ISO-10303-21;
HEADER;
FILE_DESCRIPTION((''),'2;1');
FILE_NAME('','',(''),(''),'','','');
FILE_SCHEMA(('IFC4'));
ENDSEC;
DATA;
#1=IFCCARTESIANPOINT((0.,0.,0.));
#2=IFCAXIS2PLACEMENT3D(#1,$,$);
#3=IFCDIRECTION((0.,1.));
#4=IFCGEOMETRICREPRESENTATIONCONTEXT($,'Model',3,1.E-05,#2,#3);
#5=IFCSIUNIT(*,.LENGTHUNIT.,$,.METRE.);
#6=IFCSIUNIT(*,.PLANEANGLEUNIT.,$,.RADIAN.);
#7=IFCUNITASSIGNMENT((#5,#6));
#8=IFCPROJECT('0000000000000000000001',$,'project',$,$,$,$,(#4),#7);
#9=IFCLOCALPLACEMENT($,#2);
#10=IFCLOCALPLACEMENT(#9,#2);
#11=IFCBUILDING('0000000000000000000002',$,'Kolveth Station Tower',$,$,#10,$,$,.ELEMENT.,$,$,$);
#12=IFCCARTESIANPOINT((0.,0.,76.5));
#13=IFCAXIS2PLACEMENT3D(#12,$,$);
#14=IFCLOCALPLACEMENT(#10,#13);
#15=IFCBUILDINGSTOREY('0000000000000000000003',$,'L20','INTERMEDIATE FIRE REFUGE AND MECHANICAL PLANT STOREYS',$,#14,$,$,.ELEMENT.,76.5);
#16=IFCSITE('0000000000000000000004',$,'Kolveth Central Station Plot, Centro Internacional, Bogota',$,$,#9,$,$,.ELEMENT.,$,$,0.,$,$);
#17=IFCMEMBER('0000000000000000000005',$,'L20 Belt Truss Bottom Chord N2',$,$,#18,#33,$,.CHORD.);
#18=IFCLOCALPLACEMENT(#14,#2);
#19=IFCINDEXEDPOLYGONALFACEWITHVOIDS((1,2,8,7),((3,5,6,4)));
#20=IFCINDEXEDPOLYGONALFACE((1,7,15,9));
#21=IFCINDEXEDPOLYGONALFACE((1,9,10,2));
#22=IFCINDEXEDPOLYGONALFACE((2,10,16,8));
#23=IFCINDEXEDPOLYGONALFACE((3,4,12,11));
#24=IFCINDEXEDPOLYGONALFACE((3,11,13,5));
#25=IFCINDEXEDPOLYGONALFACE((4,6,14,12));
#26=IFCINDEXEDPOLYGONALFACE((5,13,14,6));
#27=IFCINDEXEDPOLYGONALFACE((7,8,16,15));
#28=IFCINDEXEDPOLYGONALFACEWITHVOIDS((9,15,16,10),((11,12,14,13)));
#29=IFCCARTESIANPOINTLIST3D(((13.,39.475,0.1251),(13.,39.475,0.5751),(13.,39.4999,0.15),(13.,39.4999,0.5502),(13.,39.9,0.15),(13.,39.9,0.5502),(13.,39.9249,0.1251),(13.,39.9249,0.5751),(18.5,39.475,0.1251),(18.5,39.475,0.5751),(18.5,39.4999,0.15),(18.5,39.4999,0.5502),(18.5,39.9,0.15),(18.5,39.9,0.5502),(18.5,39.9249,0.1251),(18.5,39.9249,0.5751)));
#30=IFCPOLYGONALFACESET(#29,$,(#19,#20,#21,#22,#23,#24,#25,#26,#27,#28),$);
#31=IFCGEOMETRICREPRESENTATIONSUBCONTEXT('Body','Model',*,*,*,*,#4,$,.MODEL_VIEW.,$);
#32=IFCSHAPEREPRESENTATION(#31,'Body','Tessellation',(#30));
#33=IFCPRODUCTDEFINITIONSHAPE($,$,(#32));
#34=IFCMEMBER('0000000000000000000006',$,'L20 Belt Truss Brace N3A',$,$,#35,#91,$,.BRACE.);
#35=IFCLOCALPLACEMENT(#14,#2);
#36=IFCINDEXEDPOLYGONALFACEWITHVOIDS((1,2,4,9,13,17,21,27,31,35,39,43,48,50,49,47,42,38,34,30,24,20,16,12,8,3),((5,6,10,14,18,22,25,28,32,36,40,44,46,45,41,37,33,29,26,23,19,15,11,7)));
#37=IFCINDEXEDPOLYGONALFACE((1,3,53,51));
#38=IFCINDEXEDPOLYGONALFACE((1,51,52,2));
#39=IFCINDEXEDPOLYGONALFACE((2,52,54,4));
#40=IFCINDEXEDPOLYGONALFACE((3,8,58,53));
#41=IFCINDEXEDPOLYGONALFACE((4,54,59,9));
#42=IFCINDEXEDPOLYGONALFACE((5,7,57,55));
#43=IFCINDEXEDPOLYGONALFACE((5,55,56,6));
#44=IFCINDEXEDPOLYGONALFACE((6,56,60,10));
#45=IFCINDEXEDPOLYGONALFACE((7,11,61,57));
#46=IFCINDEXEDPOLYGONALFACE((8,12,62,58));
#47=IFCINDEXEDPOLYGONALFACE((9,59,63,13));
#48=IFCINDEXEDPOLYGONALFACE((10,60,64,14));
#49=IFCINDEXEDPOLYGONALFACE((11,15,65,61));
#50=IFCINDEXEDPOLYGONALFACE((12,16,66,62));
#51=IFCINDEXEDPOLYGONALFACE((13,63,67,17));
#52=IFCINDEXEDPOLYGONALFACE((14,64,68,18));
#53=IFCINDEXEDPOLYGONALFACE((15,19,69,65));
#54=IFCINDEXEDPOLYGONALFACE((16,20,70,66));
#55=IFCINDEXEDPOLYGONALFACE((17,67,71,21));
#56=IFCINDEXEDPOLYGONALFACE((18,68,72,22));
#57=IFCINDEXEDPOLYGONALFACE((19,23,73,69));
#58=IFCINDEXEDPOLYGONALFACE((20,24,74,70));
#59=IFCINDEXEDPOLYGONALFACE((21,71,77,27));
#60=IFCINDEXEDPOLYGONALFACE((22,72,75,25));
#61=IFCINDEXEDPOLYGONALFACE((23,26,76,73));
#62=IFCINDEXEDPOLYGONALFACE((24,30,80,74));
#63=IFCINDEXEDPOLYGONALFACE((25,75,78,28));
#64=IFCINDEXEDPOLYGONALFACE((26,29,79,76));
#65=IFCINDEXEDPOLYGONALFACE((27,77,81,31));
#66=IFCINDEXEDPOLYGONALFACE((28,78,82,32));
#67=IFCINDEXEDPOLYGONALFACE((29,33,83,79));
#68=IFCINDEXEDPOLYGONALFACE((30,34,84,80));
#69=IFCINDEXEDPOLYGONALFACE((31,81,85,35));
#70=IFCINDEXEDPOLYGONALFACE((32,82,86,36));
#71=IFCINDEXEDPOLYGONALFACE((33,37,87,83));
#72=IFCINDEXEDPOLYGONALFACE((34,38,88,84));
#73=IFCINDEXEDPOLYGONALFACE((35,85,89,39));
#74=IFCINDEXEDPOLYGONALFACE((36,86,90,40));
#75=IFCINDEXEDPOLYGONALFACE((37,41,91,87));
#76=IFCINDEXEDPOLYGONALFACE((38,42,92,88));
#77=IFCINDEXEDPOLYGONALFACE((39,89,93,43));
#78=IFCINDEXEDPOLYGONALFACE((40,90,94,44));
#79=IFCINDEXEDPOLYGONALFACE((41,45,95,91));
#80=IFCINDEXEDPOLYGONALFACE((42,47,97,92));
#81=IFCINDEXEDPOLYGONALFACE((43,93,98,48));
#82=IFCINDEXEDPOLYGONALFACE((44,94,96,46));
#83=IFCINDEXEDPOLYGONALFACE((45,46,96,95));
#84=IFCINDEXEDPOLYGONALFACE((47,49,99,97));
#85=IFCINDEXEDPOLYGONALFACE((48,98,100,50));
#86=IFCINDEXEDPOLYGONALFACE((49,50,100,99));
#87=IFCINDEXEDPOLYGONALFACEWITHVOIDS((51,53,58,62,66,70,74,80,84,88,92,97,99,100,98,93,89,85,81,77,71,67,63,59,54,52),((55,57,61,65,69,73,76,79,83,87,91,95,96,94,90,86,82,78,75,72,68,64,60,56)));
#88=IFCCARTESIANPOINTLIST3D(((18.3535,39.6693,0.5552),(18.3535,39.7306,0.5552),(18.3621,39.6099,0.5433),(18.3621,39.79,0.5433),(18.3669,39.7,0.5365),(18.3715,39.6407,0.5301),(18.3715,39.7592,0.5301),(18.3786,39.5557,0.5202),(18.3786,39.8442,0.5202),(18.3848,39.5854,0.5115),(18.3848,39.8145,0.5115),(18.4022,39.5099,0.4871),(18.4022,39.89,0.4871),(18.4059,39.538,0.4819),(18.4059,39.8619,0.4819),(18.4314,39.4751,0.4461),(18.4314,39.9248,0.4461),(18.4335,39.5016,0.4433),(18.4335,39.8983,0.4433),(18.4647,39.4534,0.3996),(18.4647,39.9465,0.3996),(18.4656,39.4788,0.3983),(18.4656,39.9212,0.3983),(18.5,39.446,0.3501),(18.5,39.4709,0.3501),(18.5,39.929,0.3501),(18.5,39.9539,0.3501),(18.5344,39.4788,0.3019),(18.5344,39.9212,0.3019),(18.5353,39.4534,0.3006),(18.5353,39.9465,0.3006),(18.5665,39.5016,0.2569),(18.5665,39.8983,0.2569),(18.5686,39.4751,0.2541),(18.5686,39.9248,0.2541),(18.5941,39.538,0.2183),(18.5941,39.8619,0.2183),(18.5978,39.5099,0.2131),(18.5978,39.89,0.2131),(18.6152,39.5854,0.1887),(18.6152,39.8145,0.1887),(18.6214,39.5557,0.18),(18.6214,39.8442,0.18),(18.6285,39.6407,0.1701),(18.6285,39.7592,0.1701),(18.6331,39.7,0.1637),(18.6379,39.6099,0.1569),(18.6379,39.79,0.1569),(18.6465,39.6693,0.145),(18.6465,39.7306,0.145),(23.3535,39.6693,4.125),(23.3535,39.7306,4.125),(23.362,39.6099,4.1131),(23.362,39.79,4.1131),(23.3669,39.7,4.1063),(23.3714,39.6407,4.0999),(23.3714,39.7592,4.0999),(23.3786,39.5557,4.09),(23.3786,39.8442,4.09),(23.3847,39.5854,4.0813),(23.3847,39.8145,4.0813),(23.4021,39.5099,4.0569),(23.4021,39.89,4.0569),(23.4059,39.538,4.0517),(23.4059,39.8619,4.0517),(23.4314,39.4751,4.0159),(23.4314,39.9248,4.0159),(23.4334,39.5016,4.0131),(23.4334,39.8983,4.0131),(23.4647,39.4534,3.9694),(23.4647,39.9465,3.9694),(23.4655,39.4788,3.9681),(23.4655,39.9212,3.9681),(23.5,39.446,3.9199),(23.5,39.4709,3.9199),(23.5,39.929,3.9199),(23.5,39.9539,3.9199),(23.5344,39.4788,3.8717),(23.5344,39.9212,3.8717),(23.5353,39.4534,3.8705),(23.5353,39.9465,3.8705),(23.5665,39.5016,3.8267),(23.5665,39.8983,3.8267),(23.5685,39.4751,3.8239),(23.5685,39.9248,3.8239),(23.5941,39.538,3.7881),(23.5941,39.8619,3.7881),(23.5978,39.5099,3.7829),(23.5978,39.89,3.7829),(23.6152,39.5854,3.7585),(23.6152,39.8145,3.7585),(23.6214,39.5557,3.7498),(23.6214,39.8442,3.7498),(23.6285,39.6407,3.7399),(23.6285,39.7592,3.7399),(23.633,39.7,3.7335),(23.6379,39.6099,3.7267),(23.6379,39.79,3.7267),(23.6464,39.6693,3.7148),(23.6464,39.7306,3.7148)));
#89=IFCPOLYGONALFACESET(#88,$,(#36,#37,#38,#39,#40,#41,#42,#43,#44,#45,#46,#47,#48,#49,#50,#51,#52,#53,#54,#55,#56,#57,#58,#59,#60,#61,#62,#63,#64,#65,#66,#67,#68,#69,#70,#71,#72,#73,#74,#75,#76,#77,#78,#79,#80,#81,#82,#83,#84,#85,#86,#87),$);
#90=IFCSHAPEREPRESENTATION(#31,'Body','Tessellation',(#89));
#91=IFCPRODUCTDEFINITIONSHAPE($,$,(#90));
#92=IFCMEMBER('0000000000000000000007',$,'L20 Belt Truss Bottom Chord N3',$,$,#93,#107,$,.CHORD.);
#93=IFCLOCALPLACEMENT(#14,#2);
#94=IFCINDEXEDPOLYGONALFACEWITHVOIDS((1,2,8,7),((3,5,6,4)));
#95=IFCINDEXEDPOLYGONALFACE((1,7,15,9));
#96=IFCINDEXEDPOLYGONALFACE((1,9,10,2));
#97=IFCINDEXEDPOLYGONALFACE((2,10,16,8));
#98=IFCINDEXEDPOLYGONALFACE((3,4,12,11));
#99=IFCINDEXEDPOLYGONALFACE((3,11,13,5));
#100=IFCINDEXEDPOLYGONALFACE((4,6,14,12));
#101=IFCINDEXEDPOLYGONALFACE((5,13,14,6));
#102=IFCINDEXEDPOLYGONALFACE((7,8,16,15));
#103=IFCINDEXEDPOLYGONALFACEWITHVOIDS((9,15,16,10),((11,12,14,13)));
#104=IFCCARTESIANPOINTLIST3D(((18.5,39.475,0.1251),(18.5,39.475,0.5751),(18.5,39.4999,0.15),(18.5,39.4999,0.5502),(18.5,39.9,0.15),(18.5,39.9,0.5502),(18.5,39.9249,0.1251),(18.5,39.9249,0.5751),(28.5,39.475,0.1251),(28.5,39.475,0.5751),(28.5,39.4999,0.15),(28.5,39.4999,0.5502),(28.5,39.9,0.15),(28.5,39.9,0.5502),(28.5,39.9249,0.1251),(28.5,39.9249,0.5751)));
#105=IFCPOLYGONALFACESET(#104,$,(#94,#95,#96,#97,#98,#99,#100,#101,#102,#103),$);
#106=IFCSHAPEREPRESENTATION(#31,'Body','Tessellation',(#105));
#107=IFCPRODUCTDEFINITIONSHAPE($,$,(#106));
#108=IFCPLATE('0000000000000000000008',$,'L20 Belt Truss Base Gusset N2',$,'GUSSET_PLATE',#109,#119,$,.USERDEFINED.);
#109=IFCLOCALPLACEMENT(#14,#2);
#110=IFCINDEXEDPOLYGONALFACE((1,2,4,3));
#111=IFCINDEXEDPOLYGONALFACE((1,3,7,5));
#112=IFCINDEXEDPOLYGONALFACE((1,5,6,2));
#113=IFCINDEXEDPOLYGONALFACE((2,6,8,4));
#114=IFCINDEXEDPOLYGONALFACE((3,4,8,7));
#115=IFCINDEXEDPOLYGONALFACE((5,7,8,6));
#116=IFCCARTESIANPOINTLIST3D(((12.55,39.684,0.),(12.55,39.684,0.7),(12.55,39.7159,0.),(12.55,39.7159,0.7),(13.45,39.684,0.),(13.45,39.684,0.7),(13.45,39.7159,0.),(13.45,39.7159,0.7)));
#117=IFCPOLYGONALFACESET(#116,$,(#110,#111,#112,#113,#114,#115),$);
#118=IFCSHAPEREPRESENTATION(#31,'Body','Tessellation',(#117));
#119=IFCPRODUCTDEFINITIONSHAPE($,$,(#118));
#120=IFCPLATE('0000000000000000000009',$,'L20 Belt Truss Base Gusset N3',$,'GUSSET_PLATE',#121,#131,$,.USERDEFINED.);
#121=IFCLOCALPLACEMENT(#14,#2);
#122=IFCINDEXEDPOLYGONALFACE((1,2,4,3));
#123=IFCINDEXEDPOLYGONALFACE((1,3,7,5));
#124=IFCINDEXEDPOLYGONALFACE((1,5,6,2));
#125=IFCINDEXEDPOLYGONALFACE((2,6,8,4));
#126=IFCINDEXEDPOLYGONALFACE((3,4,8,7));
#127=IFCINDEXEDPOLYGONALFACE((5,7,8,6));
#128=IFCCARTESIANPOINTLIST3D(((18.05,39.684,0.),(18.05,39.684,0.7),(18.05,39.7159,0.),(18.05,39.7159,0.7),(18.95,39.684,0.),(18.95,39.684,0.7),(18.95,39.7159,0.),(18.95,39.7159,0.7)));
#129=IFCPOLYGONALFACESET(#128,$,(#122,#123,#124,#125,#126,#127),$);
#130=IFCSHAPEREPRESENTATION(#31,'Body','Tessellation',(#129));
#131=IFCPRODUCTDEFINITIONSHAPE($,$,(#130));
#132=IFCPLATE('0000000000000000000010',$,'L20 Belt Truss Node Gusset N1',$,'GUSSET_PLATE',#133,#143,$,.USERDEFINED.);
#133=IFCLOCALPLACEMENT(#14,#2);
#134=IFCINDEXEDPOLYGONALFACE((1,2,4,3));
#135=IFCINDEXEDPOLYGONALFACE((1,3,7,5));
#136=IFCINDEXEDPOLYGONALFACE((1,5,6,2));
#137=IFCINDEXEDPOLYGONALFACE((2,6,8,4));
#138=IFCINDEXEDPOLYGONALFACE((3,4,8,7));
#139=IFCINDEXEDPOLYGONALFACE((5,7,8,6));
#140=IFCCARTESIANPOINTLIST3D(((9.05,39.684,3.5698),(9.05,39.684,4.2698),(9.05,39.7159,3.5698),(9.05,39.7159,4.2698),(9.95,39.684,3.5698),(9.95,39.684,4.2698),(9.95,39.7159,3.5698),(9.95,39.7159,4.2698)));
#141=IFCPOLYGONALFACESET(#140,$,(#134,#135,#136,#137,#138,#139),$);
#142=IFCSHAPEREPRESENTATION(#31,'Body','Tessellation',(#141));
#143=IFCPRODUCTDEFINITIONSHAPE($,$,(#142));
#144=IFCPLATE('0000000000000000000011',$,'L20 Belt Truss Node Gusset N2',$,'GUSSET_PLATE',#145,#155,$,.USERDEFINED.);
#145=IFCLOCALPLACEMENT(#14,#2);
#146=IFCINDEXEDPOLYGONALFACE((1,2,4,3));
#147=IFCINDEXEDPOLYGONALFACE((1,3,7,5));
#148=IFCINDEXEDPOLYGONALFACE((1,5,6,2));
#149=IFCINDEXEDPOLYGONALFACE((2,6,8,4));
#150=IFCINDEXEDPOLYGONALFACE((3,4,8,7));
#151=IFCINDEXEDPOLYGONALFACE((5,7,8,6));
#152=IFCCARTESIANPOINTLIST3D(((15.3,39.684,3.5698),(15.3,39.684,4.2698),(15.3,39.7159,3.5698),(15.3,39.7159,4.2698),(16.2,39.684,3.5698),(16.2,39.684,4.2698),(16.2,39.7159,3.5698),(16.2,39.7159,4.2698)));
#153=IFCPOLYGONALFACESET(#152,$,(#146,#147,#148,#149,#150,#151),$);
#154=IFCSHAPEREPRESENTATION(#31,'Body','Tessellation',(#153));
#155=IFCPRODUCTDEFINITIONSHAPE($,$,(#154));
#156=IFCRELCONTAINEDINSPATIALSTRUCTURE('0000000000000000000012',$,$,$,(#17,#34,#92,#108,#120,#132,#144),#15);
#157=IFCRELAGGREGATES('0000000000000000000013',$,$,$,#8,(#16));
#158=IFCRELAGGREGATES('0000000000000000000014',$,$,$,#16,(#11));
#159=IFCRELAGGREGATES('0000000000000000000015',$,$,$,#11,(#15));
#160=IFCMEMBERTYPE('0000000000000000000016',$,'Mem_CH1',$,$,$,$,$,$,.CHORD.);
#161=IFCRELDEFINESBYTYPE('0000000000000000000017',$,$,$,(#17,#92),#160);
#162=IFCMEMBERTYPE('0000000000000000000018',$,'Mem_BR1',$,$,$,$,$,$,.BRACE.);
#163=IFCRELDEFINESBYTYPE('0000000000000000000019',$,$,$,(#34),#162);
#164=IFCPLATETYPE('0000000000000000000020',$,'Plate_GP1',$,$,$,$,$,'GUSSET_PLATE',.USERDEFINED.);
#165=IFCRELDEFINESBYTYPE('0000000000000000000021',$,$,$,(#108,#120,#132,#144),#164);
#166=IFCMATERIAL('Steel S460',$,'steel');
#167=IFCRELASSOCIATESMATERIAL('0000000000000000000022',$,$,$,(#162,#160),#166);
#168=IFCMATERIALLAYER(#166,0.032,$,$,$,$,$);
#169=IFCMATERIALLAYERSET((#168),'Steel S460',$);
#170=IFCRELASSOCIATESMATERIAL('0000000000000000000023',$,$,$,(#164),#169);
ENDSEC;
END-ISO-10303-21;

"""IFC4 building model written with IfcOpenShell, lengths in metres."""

from ifc_helpers import new_model, si_unit, direction, frame, origin, origin_2d, place, context, subcontext, project, spatial, rectangle, hollow_rectangle, hollow_circle, extrude, source, transform, mapped, material, layer, layer_set, material_profile, profile_set, type_object, element, save


model = new_model("IFC4")

# Units and contexts
model_context = context("Model", 3, precision=1e-05, world=origin(), true_north=direction((0.0, 1.0)))
body_context = subcontext(model_context, "Body", "Model", "MODEL_VIEW")
ifc_project = project(units=[si_unit("LENGTHUNIT", "METRE"), si_unit("PLANEANGLEUNIT", "RADIAN")], contexts=[model_context])

# Site, building, storey
site_placement = place(None, origin())
site = spatial("IfcSite", under=ifc_project, at=site_placement, Name="Kolveth Central Station Plot, Centro Internacional, Bogota", CompositionType="ELEMENT", RefElevation=0.0)
building_placement = place(site_placement, origin())
building = spatial("IfcBuilding", under=site, at=building_placement, Name="Kolveth Station Tower", CompositionType="ELEMENT")
storey_placement = place(building_placement, frame((0.0, 0.0, 76.5)))
storey = spatial("IfcBuildingStorey", under=building, at=storey_placement, Name="L20", Description="INTERMEDIATE FIRE REFUGE AND MECHANICAL PLANT STOREYS", CompositionType="ELEMENT", Elevation=76.5)

# Shared definitions
ifc_material_1 = material(Name="Steel S460", Category="steel")

# Members
ifc_material_profile_1 = material_profile(ifc_material_1, hollow_circle(Radius=0.2539, WallThickness=0.0249, at=origin_2d()), Name="CHS508x25")
ifc_profile_set_1 = profile_set([ifc_material_profile_1], Name="Steel S460")
member_type_1 = type_object("IfcMemberType", Name="Mem_BR1", PredefinedType="BRACE", material=ifc_profile_set_1)
ifc_material_profile_2 = material_profile(ifc_material_1, hollow_rectangle(XDim=0.45, YDim=0.45, WallThickness=0.0249, at=origin_2d()), Name="HSS450x450x25")
ifc_profile_set_2 = profile_set([ifc_material_profile_2], Name="Steel S460")
member_type_2 = type_object("IfcMemberType", Name="Mem_CH1", PredefinedType="CHORD", material=ifc_profile_set_2)
shared_shape_1 = source(origin(), body_context, "Body", "SweptSolid", [
    extrude(hollow_rectangle(XDim=0.45, YDim=0.45, WallThickness=0.0249, at=origin_2d()), origin(), (0.0, 0.0, 1.0), 5.5),
])
member_1_placement = place(storey_placement, frame((13.0, 39.7, 0.3501), z_axis=(1.0, 0.0, 0.0), x_axis=(0.0, 1.0, 0.0)))
element("IfcMember", 1, at=member_1_placement, inside=storey, type_object=member_type_2, Name="L20 Belt Truss Bottom Chord N2", PredefinedType="CHORD", context=body_context, shape_type="MappedRepresentation", body=[
    mapped(shared_shape_1, transform((0.0, 0.0, 0.0), x_axis=(1.0, 0.0, 0.0), y_axis=(0.0, 1.0, 0.0), z_axis=(0.0, 0.0, 1.0), scale=1.0)),
])
shared_shape_2 = source(origin(), body_context, "Body", "SweptSolid", [
    extrude(hollow_circle(Radius=0.2539, WallThickness=0.0249, at=origin_2d()), origin(), (0.0, 0.0, 1.0), 6.1436),
])
member_2_placement = place(storey_placement, frame((18.5, 39.7, 0.3501), z_axis=(0.813857, 0.0, 0.581065), x_axis=(0.0, 1.0, 0.0)))
element("IfcMember", 2, at=member_2_placement, inside=storey, type_object=member_type_1, Name="L20 Belt Truss Brace N3A", PredefinedType="BRACE", context=body_context, shape_type="MappedRepresentation", body=[
    mapped(shared_shape_2, transform((0.0, 0.0, 0.0), x_axis=(1.0, 0.0, 0.0), y_axis=(0.0, 1.0, 0.0), z_axis=(0.0, 0.0, 1.0), scale=1.0)),
])
shared_shape_3 = source(origin(), body_context, "Body", "SweptSolid", [
    extrude(hollow_rectangle(XDim=0.45, YDim=0.45, WallThickness=0.0249, at=origin_2d()), origin(), (0.0, 0.0, 1.0), 10.0),
])
member_3_placement = place(storey_placement, frame((18.5, 39.7, 0.3501), z_axis=(1.0, 0.0, 0.0), x_axis=(0.0, 1.0, 0.0)))
element("IfcMember", 3, at=member_3_placement, inside=storey, type_object=member_type_2, Name="L20 Belt Truss Bottom Chord N3", PredefinedType="CHORD", context=body_context, shape_type="MappedRepresentation", body=[
    mapped(shared_shape_3, transform((0.0, 0.0, 0.0), x_axis=(1.0, 0.0, 0.0), y_axis=(0.0, 1.0, 0.0), z_axis=(0.0, 0.0, 1.0), scale=1.0)),
])

# Plates
ifc_layer = layer(ifc_material_1, 0.032)
ifc_layer_set = layer_set([ifc_layer], Name="Steel S460")
plate_type = type_object("IfcPlateType", Name="Plate_GP1", ElementType="GUSSET_PLATE", PredefinedType="USERDEFINED", material=ifc_layer_set)
shared_shape_4 = source(origin(), body_context, "Body", "SweptSolid", [
    extrude(rectangle(XDim=0.8999, YDim=0.032, at=origin_2d()), origin(), (0.0, 0.0, 1.0), 0.7),
])
for number, where, z_axis, x_axis, name in (
    (4, (13.0, 39.7, 0.0), (0.0, 0.0, 1.0), (1.0, 0.0, 0.0), "L20 Belt Truss Base Gusset N2"),
    (5, (18.5, 39.7, 0.0), (0.0, 0.0, 1.0), (1.0, 0.0, 0.0), "L20 Belt Truss Base Gusset N3"),
    (6, (9.5, 39.7, 3.5698), (0.0, 0.0, 1.0), (1.0, 0.0, 0.0), "L20 Belt Truss Node Gusset N1"),
    (7, (15.75, 39.7, 3.5698), (0.0, 0.0, 1.0), (1.0, 0.0, 0.0), "L20 Belt Truss Node Gusset N2"),
):
    element("IfcPlate", number, at=place(storey_placement, frame(where, z_axis=z_axis, x_axis=x_axis)), inside=storey, type_object=plate_type, Name=name, ObjectType="GUSSET_PLATE", PredefinedType="USERDEFINED", context=body_context, shape_type="MappedRepresentation", body=[
        mapped(shared_shape_4, transform((0.0, 0.0, 0.0), x_axis=(1.0, 0.0, 0.0), y_axis=(0.0, 1.0, 0.0), z_axis=(0.0, 0.0, 1.0), scale=1.0)),
    ])

save(model, "model.ifc")
